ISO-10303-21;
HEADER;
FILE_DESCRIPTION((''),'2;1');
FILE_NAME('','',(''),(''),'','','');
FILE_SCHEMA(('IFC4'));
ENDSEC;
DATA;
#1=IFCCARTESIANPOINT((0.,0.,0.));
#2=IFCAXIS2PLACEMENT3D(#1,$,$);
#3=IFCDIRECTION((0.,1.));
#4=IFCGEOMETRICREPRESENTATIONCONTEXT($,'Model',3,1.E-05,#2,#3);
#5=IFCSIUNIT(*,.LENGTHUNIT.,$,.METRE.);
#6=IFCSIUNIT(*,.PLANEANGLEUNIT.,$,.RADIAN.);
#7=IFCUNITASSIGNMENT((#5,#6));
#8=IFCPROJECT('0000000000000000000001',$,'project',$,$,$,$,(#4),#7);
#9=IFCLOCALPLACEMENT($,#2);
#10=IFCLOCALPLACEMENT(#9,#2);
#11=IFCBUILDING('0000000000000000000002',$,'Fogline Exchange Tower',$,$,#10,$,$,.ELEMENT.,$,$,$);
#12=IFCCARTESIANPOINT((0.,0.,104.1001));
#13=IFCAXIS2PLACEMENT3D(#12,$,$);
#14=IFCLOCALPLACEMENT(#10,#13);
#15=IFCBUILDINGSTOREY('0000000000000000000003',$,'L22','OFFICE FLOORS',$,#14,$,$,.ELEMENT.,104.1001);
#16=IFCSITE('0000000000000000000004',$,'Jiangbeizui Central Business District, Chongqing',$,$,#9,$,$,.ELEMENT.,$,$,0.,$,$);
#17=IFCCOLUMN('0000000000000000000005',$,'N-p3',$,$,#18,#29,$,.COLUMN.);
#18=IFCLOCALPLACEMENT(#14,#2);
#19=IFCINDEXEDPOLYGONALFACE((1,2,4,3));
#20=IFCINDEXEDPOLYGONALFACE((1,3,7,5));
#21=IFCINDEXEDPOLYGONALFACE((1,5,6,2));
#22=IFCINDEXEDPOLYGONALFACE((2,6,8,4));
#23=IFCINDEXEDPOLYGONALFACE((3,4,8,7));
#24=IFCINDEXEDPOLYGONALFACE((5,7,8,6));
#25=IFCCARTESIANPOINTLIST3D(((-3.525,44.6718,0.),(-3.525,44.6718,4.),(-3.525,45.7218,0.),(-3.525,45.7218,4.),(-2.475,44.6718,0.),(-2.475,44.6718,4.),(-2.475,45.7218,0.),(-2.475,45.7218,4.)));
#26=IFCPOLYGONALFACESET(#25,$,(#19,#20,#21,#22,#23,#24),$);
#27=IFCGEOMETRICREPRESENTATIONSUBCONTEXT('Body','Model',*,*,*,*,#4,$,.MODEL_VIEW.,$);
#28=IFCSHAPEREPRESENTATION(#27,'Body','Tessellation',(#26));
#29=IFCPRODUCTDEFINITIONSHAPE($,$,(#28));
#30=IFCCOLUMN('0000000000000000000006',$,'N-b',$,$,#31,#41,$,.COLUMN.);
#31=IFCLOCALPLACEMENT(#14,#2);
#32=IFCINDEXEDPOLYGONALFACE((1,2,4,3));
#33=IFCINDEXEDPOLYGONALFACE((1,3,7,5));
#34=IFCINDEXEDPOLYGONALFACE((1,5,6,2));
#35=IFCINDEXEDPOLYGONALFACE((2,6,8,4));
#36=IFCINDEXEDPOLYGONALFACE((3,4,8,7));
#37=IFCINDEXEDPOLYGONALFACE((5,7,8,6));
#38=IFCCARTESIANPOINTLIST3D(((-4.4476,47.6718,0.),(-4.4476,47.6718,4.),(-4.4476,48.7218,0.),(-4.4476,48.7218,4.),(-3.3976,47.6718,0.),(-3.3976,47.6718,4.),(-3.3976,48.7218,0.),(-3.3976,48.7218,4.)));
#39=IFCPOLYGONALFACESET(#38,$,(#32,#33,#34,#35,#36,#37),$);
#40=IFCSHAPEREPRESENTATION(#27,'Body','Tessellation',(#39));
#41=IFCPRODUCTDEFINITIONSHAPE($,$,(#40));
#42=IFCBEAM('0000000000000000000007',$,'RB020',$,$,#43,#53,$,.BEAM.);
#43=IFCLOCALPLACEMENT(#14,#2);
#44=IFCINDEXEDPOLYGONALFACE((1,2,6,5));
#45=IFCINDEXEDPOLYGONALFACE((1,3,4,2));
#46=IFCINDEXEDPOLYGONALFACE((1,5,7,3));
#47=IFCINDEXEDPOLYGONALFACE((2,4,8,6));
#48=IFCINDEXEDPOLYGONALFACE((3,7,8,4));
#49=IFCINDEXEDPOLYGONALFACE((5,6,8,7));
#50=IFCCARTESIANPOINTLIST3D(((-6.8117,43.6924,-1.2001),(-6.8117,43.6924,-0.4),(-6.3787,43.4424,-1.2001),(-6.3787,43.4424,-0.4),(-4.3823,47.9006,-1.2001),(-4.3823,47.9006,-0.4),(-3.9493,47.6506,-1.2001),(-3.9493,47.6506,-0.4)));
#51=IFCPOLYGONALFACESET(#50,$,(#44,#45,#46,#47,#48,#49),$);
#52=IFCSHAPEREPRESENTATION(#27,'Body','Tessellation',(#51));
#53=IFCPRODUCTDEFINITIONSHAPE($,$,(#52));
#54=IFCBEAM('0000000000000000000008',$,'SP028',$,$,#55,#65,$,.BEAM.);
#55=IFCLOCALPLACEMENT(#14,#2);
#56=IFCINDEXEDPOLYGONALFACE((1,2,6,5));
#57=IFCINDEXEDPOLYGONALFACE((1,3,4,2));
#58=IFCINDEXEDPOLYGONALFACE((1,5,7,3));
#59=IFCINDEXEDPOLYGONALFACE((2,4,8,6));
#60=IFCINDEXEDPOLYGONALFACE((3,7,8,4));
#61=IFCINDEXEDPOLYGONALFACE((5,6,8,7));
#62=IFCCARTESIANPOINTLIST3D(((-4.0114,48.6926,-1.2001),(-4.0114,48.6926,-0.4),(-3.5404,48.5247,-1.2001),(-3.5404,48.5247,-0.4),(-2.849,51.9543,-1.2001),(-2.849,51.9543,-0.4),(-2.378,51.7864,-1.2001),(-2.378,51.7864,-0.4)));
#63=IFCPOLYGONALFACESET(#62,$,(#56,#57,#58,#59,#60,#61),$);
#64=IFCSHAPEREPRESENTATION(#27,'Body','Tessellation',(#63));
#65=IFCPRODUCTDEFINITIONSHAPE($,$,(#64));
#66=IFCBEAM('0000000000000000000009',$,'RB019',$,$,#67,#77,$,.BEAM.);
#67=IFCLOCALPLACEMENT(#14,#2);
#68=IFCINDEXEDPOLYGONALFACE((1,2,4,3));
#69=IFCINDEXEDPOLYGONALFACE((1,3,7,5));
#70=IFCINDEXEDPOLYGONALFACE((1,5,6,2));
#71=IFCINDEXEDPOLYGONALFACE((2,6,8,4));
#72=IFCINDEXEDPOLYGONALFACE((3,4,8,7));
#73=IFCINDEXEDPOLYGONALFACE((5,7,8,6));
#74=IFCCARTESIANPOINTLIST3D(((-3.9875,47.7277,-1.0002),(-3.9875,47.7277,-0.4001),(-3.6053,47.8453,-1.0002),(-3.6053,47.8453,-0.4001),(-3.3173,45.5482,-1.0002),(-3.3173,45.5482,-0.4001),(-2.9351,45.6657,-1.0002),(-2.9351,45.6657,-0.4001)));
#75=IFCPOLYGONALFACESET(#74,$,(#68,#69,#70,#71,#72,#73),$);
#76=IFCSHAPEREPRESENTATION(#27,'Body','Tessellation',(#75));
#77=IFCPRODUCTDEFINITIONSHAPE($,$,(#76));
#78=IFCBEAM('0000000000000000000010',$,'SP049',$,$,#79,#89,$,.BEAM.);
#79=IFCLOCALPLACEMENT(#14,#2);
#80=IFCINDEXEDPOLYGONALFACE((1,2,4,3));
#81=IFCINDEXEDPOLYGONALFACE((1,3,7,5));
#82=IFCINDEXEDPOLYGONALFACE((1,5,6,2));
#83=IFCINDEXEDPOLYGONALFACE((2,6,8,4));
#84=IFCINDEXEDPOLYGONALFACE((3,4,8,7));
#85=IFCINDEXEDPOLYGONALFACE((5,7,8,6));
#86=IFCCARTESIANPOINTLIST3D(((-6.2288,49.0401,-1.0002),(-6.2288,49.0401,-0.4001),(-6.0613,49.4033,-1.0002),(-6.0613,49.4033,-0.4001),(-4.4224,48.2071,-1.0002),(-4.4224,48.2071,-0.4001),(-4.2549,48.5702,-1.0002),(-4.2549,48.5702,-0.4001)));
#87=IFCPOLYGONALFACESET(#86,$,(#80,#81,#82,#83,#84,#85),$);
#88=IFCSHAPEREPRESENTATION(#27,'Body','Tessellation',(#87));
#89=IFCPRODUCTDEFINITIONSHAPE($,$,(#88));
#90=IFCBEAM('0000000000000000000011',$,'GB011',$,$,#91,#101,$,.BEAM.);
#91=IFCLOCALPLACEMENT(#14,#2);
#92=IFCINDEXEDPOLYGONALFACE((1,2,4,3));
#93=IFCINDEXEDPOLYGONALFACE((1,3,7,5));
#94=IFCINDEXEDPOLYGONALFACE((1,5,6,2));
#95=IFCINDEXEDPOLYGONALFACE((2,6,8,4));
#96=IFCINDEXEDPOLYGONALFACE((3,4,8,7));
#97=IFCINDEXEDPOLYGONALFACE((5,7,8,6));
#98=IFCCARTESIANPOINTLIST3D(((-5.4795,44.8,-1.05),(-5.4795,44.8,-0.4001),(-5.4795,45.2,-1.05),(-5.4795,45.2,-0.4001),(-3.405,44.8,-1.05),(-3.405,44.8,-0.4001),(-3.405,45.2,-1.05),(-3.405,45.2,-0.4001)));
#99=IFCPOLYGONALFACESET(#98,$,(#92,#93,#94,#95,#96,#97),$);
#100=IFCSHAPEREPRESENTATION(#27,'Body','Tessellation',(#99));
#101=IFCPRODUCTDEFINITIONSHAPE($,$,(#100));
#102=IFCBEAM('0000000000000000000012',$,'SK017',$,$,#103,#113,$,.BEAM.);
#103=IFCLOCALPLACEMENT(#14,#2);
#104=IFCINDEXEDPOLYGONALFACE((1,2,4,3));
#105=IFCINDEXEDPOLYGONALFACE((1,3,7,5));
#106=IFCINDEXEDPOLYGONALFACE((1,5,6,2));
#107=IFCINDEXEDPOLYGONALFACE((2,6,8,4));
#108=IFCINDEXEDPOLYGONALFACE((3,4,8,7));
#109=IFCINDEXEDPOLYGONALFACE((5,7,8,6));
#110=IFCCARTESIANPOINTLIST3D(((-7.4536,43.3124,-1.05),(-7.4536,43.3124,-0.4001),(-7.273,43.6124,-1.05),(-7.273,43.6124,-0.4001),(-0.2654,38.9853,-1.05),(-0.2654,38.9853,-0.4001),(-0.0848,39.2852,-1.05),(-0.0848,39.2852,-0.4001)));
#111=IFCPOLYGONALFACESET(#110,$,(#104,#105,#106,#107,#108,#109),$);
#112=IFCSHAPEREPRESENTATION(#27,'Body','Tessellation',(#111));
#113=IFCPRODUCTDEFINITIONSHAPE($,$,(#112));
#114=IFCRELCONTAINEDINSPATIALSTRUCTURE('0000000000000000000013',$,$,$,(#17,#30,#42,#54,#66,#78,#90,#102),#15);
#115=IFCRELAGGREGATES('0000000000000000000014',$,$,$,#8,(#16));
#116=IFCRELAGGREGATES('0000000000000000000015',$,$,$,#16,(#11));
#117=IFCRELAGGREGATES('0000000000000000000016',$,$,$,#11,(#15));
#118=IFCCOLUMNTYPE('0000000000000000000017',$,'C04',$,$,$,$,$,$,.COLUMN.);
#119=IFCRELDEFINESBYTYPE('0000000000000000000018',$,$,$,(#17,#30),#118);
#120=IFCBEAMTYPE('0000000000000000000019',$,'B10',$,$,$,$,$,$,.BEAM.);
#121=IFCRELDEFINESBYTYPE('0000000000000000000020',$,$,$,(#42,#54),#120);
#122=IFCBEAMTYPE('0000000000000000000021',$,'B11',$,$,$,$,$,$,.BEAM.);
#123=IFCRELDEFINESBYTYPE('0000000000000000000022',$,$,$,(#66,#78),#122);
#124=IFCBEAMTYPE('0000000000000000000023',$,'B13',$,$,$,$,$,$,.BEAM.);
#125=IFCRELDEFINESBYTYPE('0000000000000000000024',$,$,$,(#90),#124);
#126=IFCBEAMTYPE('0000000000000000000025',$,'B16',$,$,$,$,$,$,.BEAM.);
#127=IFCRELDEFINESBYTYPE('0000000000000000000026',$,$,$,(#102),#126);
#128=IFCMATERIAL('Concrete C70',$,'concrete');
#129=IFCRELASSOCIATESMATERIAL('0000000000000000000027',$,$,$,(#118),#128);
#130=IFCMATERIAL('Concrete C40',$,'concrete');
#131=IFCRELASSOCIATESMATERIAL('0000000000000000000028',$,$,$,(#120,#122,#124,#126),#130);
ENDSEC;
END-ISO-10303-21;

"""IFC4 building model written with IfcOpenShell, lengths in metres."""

from ifc_helpers import new_model, si_unit, direction, frame, origin, origin_2d, place, context, subcontext, project, spatial, rectangle, extrude, material, material_profile, profile_set, type_object, element, save


model = new_model("IFC4")

# Units and contexts
model_context = context("Model", 3, precision=1e-05, world=origin(), true_north=direction((0.0, 1.0)))
body_context = subcontext(model_context, "Body", "Model", "MODEL_VIEW")
ifc_project = project(units=[si_unit("LENGTHUNIT", "METRE"), si_unit("PLANEANGLEUNIT", "RADIAN")], contexts=[model_context])

# Site, building, storey
site_placement = place(None, origin())
site = spatial("IfcSite", under=ifc_project, at=site_placement, Name="Jiangbeizui Central Business District, Chongqing", CompositionType="ELEMENT", RefElevation=0.0)
building_placement = place(site_placement, origin())
building = spatial("IfcBuilding", under=site, at=building_placement, Name="Fogline Exchange Tower", CompositionType="ELEMENT")
storey_placement = place(building_placement, frame((0.0, 0.0, 104.1001)))
storey = spatial("IfcBuildingStorey", under=building, at=storey_placement, Name="L22", Description="OFFICE FLOORS", CompositionType="ELEMENT", Elevation=104.1001)

# Columns
ifc_material_1 = material(Name="Concrete C70", Category="concrete")
ifc_material_profile_1 = material_profile(ifc_material_1, rectangle(XDim=1.05, YDim=1.05, at=origin_2d()), Name="RC 1050x1050")
ifc_profile_set_1 = profile_set([ifc_material_profile_1], Name="Concrete C70")
column_type = type_object("IfcColumnType", Name="C04", PredefinedType="COLUMN", material=ifc_profile_set_1)
for number, where, z_axis, x_axis, name in (
    (1, (-3.0, 45.1968, 0.0), (0.0, 0.0, 1.0), (1.0, 0.0, 0.0), "N-p3"),
    (2, (-3.9226, 48.1968, 0.0), (0.0, 0.0, 1.0), (1.0, 0.0, 0.0), "N-b"),
):
    element("IfcColumn", number, at=place(storey_placement, frame(where, z_axis=z_axis, x_axis=x_axis)), inside=storey, type_object=column_type, Name=name, PredefinedType="COLUMN", context=body_context, shape_type="SweptSolid", body=[
        extrude(rectangle(XDim=1.05, YDim=1.05, at=origin_2d()), origin(), (0.0, 0.0, 1.0), 4.0),
    ])

# Beams
ifc_material_2 = material(Name="Concrete C40", Category="concrete")
ifc_material_profile_2 = material_profile(ifc_material_2, rectangle(XDim=0.5, YDim=0.8, at=origin_2d()), Name="RC 500x800")
ifc_profile_set_2 = profile_set([ifc_material_profile_2], Name="Concrete C40")
beam_type_1 = type_object("IfcBeamType", Name="B10", PredefinedType="BEAM", material=ifc_profile_set_2)
beam_1_placement = place(storey_placement, frame((-4.1658, 47.7756, -0.8), z_axis=(-0.49997, -0.866043, 0.0), x_axis=(0.866043, -0.49997, 0.0)))
element("IfcBeam", 3, at=beam_1_placement, inside=storey, type_object=beam_type_1, Name="RB020", PredefinedType="BEAM", context=body_context, shape_type="SweptSolid", body=[
    extrude(rectangle(XDim=0.5, YDim=0.8, at=origin_2d()), origin(), (0.0, 0.0, 1.0), 4.8591),
])
beam_2_placement = place(storey_placement, frame((-3.7759, 48.6086, -0.8), z_axis=(0.335684, 0.941975, 0.0), x_axis=(-0.941975, 0.335684, 0.0)))
element("IfcBeam", 4, at=beam_2_placement, inside=storey, type_object=beam_type_1, Name="SP028", PredefinedType="BEAM", context=body_context, shape_type="SweptSolid", body=[
    extrude(rectangle(XDim=0.5, YDim=0.8, at=origin_2d()), origin(), (0.0, 0.0, 1.0), 3.4626),
])
ifc_material_profile_3 = material_profile(ifc_material_2, rectangle(XDim=0.3999, YDim=0.6001, at=origin_2d()), Name="RC 400x600")
ifc_profile_set_3 = profile_set([ifc_material_profile_3], Name="Concrete C40")
beam_type_2 = type_object("IfcBeamType", Name="B11", PredefinedType="BEAM", material=ifc_profile_set_3)
beam_3_placement = place(storey_placement, frame((-3.1262, 45.6069, -0.7002), z_axis=(-0.293913, 0.955832, 0.0), x_axis=(-0.955832, -0.293913, 0.0)))
element("IfcBeam", 5, at=beam_3_placement, inside=storey, type_object=beam_type_2, Name="RB019", PredefinedType="BEAM", context=body_context, shape_type="SweptSolid", body=[
    extrude(rectangle(XDim=0.3999, YDim=0.6001, at=origin_2d()), origin(), (0.0, 0.0, 1.0), 2.2803),
])
beam_4_placement = place(storey_placement, frame((-4.3386, 48.3887, -0.7002), z_axis=(-0.908096, 0.418762, 0.0), x_axis=(-0.418762, -0.908096, 0.0)))
element("IfcBeam", 6, at=beam_4_placement, inside=storey, type_object=beam_type_2, Name="SP049", PredefinedType="BEAM", context=body_context, shape_type="SweptSolid", body=[
    extrude(rectangle(XDim=0.3999, YDim=0.6001, at=origin_2d()), origin(), (0.0, 0.0, 1.0), 1.9893),
])
ifc_material_profile_4 = material_profile(ifc_material_2, rectangle(XDim=0.3999, YDim=0.6499, at=origin_2d()), Name="RC 400x650")
ifc_profile_set_4 = profile_set([ifc_material_profile_4], Name="Concrete C40")
beam_type_3 = type_object("IfcBeamType", Name="B13", PredefinedType="BEAM", material=ifc_profile_set_4)
beam_5_placement = place(storey_placement, frame((-5.4795, 45.0, -0.7251), z_axis=(1.0, 0.0, 0.0), x_axis=(0.0, 1.0, 0.0)))
element("IfcBeam", 7, at=beam_5_placement, inside=storey, type_object=beam_type_3, Name="GB011", PredefinedType="BEAM", context=body_context, shape_type="SweptSolid", body=[
    extrude(rectangle(XDim=0.3999, YDim=0.6499, at=origin_2d()), origin(), (0.0, 0.0, 1.0), 2.0745),
])
ifc_material_profile_5 = material_profile(ifc_material_2, rectangle(XDim=0.3501, YDim=0.6499, at=origin_2d()), Name="RC 350x650")
ifc_profile_set_5 = profile_set([ifc_material_profile_5], Name="Concrete C40")
beam_type_4 = type_object("IfcBeamType", Name="B16", PredefinedType="BEAM", material=ifc_profile_set_5)
beam_6_placement = place(storey_placement, frame((-7.3633, 43.4624, -0.7251), z_axis=(0.856745, -0.51574, 0.0), x_axis=(0.51574, 0.856745, 0.0)))
element("IfcBeam", 8, at=beam_6_placement, inside=storey, type_object=beam_type_4, Name="SK017", PredefinedType="BEAM", context=body_context, shape_type="SweptSolid", body=[
    extrude(rectangle(XDim=0.3501, YDim=0.6499, at=origin_2d()), origin(), (0.0, 0.0, 1.0), 8.3901),
])

save(model, "model.ifc")
